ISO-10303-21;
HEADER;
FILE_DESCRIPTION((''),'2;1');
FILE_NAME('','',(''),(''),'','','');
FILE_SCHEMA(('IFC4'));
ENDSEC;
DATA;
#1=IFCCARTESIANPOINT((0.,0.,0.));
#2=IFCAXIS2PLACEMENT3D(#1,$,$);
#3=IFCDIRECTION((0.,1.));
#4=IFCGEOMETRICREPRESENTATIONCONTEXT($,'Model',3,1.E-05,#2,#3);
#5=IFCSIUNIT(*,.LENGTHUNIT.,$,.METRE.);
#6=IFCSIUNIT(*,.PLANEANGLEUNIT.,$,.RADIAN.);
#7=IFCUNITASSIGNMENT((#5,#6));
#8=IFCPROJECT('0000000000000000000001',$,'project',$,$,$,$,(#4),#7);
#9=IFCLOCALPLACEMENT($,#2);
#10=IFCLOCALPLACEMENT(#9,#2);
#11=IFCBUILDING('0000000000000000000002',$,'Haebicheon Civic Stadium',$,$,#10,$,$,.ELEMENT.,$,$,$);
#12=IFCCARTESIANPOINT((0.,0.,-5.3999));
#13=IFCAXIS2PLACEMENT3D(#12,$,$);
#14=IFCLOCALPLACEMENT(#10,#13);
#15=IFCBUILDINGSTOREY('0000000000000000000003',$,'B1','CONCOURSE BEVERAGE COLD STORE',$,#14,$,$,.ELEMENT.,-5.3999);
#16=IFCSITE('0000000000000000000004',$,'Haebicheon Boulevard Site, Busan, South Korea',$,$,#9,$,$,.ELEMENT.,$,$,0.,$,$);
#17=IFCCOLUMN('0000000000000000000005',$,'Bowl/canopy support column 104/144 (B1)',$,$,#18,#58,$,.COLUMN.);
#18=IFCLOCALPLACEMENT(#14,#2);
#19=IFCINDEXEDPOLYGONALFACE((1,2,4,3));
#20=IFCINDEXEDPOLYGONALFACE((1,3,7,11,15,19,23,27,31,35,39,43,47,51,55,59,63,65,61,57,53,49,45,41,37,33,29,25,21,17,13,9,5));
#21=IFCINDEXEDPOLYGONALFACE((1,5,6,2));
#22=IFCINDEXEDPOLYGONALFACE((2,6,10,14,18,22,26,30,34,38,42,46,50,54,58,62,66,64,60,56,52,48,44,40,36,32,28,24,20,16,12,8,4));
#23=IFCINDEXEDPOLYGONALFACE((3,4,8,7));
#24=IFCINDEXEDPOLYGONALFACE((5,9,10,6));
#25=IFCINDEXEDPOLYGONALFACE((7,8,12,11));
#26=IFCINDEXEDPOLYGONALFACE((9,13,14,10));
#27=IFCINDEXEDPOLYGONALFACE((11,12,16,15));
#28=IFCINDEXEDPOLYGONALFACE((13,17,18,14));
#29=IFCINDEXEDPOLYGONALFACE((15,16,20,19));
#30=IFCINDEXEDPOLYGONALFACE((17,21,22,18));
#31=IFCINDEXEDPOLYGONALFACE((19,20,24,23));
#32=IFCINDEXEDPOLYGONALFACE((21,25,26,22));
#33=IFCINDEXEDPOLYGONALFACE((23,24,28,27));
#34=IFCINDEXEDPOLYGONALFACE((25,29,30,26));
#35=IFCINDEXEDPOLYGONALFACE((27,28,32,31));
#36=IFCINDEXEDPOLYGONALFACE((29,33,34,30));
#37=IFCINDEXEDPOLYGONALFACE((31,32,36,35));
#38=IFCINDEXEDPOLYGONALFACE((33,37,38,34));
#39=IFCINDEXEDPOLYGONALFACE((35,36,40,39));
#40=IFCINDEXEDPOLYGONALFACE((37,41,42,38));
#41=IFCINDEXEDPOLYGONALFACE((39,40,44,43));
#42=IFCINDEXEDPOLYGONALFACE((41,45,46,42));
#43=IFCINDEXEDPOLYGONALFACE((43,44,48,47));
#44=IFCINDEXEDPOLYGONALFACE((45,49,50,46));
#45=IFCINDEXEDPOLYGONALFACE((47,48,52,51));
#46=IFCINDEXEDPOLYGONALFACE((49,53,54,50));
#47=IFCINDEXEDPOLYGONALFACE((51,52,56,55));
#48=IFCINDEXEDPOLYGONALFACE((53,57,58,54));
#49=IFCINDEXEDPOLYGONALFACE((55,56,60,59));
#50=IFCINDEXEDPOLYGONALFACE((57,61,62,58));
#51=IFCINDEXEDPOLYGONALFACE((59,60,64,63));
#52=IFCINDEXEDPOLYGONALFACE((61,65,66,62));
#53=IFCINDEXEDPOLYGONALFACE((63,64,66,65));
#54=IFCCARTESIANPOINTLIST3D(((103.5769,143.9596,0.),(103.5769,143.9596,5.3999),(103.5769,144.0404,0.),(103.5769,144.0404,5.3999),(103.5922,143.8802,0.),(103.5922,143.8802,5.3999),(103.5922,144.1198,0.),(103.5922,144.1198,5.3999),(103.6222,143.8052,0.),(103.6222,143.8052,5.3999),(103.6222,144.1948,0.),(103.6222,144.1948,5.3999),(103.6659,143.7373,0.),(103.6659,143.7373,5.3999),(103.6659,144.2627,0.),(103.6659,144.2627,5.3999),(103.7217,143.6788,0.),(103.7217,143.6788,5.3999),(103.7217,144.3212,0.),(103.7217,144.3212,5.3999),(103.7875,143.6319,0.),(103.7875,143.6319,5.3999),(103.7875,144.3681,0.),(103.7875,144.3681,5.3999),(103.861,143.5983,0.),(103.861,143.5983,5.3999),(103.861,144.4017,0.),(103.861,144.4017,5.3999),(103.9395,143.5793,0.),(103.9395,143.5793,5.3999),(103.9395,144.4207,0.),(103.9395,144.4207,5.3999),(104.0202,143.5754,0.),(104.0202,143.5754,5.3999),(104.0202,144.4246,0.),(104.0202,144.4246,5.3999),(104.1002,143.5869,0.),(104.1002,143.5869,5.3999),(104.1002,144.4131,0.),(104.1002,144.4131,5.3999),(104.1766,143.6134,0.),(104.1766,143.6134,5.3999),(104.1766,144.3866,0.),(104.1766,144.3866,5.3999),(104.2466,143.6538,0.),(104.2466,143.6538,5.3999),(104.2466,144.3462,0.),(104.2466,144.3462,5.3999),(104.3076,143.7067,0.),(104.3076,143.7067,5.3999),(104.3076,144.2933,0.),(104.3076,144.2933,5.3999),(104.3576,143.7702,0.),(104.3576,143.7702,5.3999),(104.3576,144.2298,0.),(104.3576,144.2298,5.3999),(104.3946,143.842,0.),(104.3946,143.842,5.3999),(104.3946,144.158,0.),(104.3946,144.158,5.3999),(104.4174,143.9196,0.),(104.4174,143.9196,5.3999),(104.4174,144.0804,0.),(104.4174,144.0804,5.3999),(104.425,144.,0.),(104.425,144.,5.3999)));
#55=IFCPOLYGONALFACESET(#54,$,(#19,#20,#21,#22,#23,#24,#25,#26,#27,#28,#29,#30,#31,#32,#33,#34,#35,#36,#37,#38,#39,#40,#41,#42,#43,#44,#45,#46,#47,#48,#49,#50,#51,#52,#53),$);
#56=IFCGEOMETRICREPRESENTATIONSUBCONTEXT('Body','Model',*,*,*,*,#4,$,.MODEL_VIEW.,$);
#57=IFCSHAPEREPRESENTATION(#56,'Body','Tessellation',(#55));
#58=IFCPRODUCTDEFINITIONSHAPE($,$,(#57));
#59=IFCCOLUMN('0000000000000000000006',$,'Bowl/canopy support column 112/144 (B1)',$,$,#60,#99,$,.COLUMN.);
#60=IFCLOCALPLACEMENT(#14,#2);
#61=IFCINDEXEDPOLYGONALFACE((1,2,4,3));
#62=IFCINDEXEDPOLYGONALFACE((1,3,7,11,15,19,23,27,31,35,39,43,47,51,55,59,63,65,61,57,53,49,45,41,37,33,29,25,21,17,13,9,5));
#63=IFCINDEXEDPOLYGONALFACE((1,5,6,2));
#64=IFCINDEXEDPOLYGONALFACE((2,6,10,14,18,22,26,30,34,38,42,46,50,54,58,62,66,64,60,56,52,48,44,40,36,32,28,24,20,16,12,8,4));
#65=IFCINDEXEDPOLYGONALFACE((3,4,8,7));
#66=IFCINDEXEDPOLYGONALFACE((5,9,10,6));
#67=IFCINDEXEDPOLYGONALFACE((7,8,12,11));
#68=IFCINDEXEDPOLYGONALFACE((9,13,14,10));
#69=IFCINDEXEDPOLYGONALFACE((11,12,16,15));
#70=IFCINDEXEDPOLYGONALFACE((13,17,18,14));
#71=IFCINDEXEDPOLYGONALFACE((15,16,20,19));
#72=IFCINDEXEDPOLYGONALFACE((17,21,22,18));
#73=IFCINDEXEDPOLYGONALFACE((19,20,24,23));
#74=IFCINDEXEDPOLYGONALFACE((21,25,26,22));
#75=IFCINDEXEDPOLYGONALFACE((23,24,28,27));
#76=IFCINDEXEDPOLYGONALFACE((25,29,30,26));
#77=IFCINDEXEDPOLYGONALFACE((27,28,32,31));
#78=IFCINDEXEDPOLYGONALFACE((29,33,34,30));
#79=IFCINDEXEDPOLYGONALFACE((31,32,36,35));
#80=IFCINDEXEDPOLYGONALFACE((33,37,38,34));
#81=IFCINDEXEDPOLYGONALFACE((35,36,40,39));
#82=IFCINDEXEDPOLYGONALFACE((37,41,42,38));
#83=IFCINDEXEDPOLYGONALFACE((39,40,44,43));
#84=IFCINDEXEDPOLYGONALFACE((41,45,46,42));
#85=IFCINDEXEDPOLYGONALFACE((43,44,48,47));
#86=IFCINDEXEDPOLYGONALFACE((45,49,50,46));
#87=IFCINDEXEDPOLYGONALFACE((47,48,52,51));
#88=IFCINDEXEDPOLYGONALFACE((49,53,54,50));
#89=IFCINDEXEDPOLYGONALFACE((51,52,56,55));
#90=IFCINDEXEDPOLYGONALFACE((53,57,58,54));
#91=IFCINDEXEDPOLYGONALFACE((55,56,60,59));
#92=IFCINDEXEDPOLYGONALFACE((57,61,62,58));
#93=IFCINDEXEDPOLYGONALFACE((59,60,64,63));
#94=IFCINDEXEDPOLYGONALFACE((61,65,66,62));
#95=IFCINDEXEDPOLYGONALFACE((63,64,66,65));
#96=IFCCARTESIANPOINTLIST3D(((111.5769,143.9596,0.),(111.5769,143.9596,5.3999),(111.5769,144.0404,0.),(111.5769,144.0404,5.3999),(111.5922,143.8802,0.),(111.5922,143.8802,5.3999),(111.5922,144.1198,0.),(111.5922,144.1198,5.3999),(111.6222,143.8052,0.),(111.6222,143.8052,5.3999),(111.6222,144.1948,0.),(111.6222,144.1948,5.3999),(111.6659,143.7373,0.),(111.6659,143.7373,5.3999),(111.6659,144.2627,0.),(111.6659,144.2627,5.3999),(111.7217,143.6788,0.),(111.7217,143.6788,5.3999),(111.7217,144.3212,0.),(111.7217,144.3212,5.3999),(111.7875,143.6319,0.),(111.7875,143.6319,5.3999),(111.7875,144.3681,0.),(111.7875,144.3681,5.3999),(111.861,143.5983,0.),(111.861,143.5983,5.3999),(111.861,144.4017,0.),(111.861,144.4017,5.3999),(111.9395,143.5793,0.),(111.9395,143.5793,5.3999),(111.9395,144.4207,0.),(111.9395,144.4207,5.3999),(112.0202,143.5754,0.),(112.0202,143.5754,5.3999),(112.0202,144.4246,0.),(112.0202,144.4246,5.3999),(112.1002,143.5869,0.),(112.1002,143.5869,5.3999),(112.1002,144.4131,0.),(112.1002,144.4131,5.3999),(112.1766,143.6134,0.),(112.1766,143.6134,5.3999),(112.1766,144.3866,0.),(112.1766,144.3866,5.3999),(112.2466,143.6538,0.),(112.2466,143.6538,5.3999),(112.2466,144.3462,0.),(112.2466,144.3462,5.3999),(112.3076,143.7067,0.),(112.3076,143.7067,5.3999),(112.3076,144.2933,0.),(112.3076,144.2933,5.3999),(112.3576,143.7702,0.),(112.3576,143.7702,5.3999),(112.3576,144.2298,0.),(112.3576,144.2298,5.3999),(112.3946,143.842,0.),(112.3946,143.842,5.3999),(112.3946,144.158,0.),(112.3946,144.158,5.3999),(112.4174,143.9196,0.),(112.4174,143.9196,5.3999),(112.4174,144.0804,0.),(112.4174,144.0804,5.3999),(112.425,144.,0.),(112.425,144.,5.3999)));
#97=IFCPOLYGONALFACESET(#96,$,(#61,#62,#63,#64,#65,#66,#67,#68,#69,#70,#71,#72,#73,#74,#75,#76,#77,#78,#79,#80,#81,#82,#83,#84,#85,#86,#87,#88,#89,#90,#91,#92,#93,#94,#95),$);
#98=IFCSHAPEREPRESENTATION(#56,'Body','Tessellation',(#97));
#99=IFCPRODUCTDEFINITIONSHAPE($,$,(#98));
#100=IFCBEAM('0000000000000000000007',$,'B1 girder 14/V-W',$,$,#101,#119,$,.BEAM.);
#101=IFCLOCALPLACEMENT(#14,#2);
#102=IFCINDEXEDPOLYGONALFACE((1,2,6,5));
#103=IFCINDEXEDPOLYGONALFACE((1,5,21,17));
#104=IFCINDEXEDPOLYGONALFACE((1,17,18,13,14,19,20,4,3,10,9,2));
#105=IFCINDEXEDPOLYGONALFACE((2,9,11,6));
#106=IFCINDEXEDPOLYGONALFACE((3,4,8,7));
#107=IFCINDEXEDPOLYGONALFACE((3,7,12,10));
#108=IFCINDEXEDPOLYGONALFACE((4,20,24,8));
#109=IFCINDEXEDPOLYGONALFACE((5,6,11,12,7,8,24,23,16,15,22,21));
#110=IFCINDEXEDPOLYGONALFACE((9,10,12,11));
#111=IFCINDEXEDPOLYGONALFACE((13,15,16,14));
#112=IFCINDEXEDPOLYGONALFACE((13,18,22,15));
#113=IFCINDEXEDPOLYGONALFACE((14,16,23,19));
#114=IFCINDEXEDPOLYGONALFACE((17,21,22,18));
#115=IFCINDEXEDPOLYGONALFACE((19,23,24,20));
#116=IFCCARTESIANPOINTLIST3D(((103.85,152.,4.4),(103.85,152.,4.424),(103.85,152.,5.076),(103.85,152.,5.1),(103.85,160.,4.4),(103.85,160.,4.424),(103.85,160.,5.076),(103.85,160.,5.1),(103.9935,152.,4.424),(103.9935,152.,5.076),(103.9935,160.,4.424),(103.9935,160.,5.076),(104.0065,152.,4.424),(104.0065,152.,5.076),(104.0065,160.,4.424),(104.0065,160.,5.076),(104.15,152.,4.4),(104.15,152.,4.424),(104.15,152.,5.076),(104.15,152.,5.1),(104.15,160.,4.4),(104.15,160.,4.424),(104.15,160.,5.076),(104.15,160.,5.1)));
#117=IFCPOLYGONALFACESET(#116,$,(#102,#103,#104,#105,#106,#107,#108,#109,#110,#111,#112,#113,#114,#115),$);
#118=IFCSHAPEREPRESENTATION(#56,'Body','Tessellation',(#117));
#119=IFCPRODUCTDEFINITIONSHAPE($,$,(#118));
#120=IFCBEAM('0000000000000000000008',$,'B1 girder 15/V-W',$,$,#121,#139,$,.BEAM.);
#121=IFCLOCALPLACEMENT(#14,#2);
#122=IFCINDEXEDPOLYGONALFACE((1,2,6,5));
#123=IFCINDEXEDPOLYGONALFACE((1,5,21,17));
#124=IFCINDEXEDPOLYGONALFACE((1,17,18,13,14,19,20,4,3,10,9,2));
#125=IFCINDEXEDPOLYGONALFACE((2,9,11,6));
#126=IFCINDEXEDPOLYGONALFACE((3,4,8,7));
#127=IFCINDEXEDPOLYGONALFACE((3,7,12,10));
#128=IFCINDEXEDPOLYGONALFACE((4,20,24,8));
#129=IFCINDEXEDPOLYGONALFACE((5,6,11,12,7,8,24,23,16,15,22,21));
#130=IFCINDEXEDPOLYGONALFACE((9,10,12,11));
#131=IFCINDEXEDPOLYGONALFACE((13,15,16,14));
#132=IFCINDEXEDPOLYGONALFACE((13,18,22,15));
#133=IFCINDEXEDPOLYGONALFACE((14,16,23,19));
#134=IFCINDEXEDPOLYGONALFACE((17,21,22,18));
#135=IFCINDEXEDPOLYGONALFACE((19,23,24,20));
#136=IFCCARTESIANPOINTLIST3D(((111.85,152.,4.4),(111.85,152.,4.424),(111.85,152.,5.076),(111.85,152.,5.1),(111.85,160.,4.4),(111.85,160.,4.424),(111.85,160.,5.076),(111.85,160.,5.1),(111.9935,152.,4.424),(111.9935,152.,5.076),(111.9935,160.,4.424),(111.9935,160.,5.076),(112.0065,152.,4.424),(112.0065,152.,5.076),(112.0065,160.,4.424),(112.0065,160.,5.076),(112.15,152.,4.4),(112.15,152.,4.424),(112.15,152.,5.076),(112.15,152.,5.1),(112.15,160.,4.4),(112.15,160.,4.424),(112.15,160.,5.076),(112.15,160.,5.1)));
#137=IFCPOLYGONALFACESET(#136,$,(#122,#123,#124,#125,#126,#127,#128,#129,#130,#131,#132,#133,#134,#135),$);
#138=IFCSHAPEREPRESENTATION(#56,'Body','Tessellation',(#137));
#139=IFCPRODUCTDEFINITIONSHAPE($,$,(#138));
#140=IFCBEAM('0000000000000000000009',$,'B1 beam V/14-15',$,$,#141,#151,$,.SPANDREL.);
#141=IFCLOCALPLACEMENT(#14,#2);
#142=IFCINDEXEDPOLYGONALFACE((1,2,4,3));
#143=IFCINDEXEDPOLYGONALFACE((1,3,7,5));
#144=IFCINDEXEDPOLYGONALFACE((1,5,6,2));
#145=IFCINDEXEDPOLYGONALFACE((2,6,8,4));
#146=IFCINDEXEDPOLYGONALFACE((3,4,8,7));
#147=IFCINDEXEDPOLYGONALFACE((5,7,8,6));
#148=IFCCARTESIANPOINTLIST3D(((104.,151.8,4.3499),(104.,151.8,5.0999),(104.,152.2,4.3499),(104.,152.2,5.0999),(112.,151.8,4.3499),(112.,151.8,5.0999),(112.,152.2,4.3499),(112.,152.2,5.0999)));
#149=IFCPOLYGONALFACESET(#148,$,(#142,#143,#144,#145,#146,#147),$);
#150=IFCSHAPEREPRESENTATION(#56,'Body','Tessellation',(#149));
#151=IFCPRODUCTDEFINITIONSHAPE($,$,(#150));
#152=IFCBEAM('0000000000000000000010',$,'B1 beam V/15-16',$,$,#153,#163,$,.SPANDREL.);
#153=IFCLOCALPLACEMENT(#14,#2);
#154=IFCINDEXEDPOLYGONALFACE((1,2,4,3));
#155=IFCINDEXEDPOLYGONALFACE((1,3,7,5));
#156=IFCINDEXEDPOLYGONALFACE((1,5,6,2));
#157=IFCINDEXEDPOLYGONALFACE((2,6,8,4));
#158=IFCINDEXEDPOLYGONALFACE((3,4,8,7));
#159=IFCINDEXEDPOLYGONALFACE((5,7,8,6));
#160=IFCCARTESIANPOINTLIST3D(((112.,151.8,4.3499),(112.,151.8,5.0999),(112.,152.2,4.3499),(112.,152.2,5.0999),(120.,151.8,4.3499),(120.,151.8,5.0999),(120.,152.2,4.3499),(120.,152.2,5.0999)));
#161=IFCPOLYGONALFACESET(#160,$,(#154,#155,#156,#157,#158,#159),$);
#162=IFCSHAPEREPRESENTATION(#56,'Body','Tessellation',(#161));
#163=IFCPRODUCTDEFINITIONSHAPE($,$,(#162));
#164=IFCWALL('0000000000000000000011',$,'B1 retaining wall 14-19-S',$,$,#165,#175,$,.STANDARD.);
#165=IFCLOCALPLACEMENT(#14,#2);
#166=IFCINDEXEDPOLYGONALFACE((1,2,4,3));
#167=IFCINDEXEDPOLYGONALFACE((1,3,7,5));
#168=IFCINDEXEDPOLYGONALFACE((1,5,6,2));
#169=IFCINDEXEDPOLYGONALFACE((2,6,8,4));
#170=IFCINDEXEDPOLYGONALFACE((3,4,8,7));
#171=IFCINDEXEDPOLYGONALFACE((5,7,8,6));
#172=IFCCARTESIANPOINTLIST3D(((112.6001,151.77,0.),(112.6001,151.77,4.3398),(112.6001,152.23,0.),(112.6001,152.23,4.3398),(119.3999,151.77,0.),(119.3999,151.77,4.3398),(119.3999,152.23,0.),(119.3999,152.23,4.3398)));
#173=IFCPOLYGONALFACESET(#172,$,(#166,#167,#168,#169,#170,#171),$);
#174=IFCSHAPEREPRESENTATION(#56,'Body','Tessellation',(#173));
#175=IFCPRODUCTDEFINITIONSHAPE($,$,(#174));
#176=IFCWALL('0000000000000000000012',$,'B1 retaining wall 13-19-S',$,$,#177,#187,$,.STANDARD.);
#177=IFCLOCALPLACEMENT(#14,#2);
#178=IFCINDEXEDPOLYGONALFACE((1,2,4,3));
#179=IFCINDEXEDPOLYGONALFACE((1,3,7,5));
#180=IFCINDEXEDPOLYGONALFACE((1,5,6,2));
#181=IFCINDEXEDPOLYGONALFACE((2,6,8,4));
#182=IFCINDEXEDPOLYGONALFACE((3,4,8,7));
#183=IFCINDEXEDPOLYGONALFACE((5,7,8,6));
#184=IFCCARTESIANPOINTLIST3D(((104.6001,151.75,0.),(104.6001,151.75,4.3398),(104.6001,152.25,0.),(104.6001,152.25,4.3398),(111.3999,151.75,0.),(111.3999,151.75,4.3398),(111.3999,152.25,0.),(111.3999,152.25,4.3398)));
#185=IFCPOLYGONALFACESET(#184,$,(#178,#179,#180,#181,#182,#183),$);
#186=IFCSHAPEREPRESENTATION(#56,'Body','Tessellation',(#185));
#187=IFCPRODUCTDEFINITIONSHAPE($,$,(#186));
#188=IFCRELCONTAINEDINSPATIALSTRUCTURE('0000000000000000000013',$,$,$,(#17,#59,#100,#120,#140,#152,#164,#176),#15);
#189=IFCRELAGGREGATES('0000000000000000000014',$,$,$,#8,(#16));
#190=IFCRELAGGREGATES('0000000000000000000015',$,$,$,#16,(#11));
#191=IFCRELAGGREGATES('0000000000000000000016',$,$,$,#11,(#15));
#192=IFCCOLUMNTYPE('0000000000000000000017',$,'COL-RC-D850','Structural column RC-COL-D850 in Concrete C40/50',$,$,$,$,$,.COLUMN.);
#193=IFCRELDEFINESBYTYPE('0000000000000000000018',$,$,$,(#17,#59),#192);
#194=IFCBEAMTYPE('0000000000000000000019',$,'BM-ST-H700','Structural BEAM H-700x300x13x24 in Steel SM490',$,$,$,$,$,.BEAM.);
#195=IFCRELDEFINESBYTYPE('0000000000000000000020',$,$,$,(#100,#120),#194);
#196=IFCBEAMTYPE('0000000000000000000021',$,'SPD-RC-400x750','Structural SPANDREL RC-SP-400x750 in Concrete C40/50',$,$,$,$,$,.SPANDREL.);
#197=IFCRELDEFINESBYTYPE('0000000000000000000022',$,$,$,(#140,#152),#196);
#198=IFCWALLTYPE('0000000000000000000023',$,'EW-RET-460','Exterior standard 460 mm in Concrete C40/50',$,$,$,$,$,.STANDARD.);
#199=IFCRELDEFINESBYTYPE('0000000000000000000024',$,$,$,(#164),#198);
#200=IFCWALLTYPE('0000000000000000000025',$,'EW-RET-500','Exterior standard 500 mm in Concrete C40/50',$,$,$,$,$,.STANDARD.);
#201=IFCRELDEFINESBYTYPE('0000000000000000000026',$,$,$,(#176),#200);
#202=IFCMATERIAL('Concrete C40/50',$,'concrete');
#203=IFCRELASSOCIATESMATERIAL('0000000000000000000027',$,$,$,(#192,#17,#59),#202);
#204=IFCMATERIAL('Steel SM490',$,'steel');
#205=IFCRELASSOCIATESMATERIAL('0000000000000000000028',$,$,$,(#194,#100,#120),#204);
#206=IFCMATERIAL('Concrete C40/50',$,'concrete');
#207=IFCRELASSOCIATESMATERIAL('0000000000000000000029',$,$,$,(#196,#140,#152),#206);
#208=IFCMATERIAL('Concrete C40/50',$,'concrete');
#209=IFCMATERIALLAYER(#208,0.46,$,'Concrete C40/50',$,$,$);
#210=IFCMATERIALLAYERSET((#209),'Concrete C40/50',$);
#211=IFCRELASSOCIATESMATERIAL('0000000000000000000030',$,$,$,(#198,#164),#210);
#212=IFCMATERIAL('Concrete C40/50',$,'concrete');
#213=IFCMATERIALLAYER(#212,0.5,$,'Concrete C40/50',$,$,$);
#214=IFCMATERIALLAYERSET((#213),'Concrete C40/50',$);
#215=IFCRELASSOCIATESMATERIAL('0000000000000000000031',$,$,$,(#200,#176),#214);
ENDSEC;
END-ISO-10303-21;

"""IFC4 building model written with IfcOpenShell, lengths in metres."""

from ifc_helpers import new_model, si_unit, direction, frame, frame_2d, origin, origin_2d, place, context, subcontext, project, spatial, rectangle, circle, i_section, extrude, material, layer, layer_set, material_profile, profile_set, type_object, element, save


model = new_model("IFC4")

# Units and contexts
model_context = context("Model", 3, precision=1e-05, world=origin(), true_north=direction((0.0, 1.0)))
body_context = subcontext(model_context, "Body", "Model", "MODEL_VIEW")
ifc_project = project(units=[si_unit("LENGTHUNIT", "METRE"), si_unit("PLANEANGLEUNIT", "RADIAN")], contexts=[model_context])

# Site, building, storey
site_placement = place(None, origin())
site = spatial("IfcSite", under=ifc_project, at=site_placement, Name="Haebicheon Boulevard Site, Busan, South Korea", CompositionType="ELEMENT", RefElevation=0.0)
building_placement = place(site_placement, origin())
building = spatial("IfcBuilding", under=site, at=building_placement, Name="Haebicheon Civic Stadium", CompositionType="ELEMENT")
storey_placement = place(building_placement, frame((0.0, 0.0, -5.3999)))
storey = spatial("IfcBuildingStorey", under=building, at=storey_placement, Name="B1", Description="CONCOURSE BEVERAGE COLD STORE", CompositionType="ELEMENT", Elevation=-5.3999)

# Columns
ifc_material_1 = material(Name="Concrete C40/50", Category="concrete")
ifc_material_profile_1 = material_profile(ifc_material_1, circle(Radius=0.425, at=origin_2d()), Name="RC-COL-D850")
ifc_profile_set_1 = profile_set([ifc_material_profile_1], Name="Concrete C40/50")
column_type_1 = type_object("IfcColumnType", Name="COL-RC-D850", Description="Structural column RC-COL-D850 in Concrete C40/50", PredefinedType="COLUMN", material=ifc_profile_set_1)
for number, where, z_axis, x_axis, name in (
    (1, (104.0, 144.0, 0.0), (0.0, 0.0, 1.0), (1.0, 0.0, 0.0), "Bowl/canopy support column 104/144 (B1)"),
    (2, (112.0, 144.0, 0.0), (0.0, 0.0, 1.0), (1.0, 0.0, 0.0), "Bowl/canopy support column 112/144 (B1)"),
):
    element("IfcColumn", number, at=place(storey_placement, frame(where, z_axis=z_axis, x_axis=x_axis)), inside=storey, type_object=column_type_1, material=ifc_profile_set_1, Name=name, PredefinedType="COLUMN", context=body_context, shape_type="SweptSolid", body=[
        extrude(circle(Radius=0.425, at=origin_2d()), origin(), (0.0, 0.0, 1.0), 5.3999),
    ])

# Beams
ifc_material_2 = material(Name="Steel SM490", Category="steel")
ifc_material_profile_2 = material_profile(ifc_material_2, i_section(OverallWidth=0.3, OverallDepth=0.7, WebThickness=0.0129, FlangeThickness=0.0239, at=origin_2d()), Name="H-700x300x13x24")
ifc_profile_set_2 = profile_set([ifc_material_profile_2], Name="Steel SM490")
beam_type_1 = type_object("IfcBeamType", Name="BM-ST-H700", Description="Structural BEAM H-700x300x13x24 in Steel SM490", PredefinedType="BEAM", material=ifc_profile_set_2)
for number, where, z_axis, x_axis, name in (
    (3, (104.0, 152.0, 4.75), (0.0, 1.0, 0.0), (-1.0, 0.0, 0.0), "B1 girder 14/V-W"),
    (4, (112.0, 152.0, 4.75), (0.0, 1.0, 0.0), (-1.0, 0.0, 0.0), "B1 girder 15/V-W"),
):
    element("IfcBeam", number, at=place(storey_placement, frame(where, z_axis=z_axis, x_axis=x_axis)), inside=storey, type_object=beam_type_1, material=ifc_profile_set_2, Name=name, PredefinedType="BEAM", context=body_context, shape_type="SweptSolid", body=[
        extrude(i_section(OverallWidth=0.3, OverallDepth=0.7, WebThickness=0.0129, FlangeThickness=0.0239, at=origin_2d()), origin(), (0.0, 0.0, 1.0), 8.0),
    ])
ifc_material_3 = material(Name="Concrete C40/50", Category="concrete")
ifc_material_profile_3 = material_profile(ifc_material_3, rectangle(XDim=0.3999, YDim=0.75, at=origin_2d()), Name="RC-SP-400x750")
ifc_profile_set_3 = profile_set([ifc_material_profile_3], Name="Concrete C40/50")
beam_type_2 = type_object("IfcBeamType", Name="SPD-RC-400x750", Description="Structural SPANDREL RC-SP-400x750 in Concrete C40/50", PredefinedType="SPANDREL", material=ifc_profile_set_3)
for number, where, z_axis, x_axis, name in (
    (5, (104.0, 152.0, 4.7249), (1.0, 0.0, 0.0), (0.0, 1.0, 0.0), "B1 beam V/14-15"),
    (6, (112.0, 152.0, 4.7249), (1.0, 0.0, 0.0), (0.0, 1.0, 0.0), "B1 beam V/15-16"),
):
    element("IfcBeam", number, at=place(storey_placement, frame(where, z_axis=z_axis, x_axis=x_axis)), inside=storey, type_object=beam_type_2, material=ifc_profile_set_3, Name=name, PredefinedType="SPANDREL", context=body_context, shape_type="SweptSolid", body=[
        extrude(rectangle(XDim=0.3999, YDim=0.75, at=origin_2d()), origin(), (0.0, 0.0, 1.0), 8.0),
    ])

# Walls
ifc_material_4 = material(Name="Concrete C40/50", Category="concrete")
ifc_layer_1 = layer(ifc_material_4, 0.46, Name="Concrete C40/50")
ifc_layer_set_1 = layer_set([ifc_layer_1], Name="Concrete C40/50")
wall_type_1 = type_object("IfcWallType", Name="EW-RET-460", Description="Exterior standard 460 mm in Concrete C40/50", PredefinedType="STANDARD", material=ifc_layer_set_1)
wall_1_placement = place(storey_placement, frame((112.6001, 152.0, 0.0), z_axis=(0.0, 0.0, 1.0), x_axis=(1.0, 0.0, 0.0)))
element("IfcWall", 7, at=wall_1_placement, inside=storey, type_object=wall_type_1, material=ifc_layer_set_1, Name="B1 retaining wall 14-19-S", PredefinedType="STANDARD", context=body_context, shape_type="SweptSolid", body=[
    extrude(rectangle(XDim=6.7998, YDim=0.46, at=frame_2d((3.3999, 0.0))), origin(), (0.0, 0.0, 1.0), 4.3398),
])
ifc_material_5 = material(Name="Concrete C40/50", Category="concrete")
ifc_layer_2 = layer(ifc_material_5, 0.5, Name="Concrete C40/50")
ifc_layer_set_2 = layer_set([ifc_layer_2], Name="Concrete C40/50")
wall_type_2 = type_object("IfcWallType", Name="EW-RET-500", Description="Exterior standard 500 mm in Concrete C40/50", PredefinedType="STANDARD", material=ifc_layer_set_2)
wall_2_placement = place(storey_placement, frame((104.6001, 152.0, 0.0), z_axis=(0.0, 0.0, 1.0), x_axis=(1.0, 0.0, 0.0)))
element("IfcWall", 8, at=wall_2_placement, inside=storey, type_object=wall_type_2, material=ifc_layer_set_2, Name="B1 retaining wall 13-19-S", PredefinedType="STANDARD", context=body_context, shape_type="SweptSolid", body=[
    extrude(rectangle(XDim=6.7998, YDim=0.5, at=frame_2d((3.3999, 0.0))), origin(), (0.0, 0.0, 1.0), 4.3398),
])

save(model, "model.ifc")
